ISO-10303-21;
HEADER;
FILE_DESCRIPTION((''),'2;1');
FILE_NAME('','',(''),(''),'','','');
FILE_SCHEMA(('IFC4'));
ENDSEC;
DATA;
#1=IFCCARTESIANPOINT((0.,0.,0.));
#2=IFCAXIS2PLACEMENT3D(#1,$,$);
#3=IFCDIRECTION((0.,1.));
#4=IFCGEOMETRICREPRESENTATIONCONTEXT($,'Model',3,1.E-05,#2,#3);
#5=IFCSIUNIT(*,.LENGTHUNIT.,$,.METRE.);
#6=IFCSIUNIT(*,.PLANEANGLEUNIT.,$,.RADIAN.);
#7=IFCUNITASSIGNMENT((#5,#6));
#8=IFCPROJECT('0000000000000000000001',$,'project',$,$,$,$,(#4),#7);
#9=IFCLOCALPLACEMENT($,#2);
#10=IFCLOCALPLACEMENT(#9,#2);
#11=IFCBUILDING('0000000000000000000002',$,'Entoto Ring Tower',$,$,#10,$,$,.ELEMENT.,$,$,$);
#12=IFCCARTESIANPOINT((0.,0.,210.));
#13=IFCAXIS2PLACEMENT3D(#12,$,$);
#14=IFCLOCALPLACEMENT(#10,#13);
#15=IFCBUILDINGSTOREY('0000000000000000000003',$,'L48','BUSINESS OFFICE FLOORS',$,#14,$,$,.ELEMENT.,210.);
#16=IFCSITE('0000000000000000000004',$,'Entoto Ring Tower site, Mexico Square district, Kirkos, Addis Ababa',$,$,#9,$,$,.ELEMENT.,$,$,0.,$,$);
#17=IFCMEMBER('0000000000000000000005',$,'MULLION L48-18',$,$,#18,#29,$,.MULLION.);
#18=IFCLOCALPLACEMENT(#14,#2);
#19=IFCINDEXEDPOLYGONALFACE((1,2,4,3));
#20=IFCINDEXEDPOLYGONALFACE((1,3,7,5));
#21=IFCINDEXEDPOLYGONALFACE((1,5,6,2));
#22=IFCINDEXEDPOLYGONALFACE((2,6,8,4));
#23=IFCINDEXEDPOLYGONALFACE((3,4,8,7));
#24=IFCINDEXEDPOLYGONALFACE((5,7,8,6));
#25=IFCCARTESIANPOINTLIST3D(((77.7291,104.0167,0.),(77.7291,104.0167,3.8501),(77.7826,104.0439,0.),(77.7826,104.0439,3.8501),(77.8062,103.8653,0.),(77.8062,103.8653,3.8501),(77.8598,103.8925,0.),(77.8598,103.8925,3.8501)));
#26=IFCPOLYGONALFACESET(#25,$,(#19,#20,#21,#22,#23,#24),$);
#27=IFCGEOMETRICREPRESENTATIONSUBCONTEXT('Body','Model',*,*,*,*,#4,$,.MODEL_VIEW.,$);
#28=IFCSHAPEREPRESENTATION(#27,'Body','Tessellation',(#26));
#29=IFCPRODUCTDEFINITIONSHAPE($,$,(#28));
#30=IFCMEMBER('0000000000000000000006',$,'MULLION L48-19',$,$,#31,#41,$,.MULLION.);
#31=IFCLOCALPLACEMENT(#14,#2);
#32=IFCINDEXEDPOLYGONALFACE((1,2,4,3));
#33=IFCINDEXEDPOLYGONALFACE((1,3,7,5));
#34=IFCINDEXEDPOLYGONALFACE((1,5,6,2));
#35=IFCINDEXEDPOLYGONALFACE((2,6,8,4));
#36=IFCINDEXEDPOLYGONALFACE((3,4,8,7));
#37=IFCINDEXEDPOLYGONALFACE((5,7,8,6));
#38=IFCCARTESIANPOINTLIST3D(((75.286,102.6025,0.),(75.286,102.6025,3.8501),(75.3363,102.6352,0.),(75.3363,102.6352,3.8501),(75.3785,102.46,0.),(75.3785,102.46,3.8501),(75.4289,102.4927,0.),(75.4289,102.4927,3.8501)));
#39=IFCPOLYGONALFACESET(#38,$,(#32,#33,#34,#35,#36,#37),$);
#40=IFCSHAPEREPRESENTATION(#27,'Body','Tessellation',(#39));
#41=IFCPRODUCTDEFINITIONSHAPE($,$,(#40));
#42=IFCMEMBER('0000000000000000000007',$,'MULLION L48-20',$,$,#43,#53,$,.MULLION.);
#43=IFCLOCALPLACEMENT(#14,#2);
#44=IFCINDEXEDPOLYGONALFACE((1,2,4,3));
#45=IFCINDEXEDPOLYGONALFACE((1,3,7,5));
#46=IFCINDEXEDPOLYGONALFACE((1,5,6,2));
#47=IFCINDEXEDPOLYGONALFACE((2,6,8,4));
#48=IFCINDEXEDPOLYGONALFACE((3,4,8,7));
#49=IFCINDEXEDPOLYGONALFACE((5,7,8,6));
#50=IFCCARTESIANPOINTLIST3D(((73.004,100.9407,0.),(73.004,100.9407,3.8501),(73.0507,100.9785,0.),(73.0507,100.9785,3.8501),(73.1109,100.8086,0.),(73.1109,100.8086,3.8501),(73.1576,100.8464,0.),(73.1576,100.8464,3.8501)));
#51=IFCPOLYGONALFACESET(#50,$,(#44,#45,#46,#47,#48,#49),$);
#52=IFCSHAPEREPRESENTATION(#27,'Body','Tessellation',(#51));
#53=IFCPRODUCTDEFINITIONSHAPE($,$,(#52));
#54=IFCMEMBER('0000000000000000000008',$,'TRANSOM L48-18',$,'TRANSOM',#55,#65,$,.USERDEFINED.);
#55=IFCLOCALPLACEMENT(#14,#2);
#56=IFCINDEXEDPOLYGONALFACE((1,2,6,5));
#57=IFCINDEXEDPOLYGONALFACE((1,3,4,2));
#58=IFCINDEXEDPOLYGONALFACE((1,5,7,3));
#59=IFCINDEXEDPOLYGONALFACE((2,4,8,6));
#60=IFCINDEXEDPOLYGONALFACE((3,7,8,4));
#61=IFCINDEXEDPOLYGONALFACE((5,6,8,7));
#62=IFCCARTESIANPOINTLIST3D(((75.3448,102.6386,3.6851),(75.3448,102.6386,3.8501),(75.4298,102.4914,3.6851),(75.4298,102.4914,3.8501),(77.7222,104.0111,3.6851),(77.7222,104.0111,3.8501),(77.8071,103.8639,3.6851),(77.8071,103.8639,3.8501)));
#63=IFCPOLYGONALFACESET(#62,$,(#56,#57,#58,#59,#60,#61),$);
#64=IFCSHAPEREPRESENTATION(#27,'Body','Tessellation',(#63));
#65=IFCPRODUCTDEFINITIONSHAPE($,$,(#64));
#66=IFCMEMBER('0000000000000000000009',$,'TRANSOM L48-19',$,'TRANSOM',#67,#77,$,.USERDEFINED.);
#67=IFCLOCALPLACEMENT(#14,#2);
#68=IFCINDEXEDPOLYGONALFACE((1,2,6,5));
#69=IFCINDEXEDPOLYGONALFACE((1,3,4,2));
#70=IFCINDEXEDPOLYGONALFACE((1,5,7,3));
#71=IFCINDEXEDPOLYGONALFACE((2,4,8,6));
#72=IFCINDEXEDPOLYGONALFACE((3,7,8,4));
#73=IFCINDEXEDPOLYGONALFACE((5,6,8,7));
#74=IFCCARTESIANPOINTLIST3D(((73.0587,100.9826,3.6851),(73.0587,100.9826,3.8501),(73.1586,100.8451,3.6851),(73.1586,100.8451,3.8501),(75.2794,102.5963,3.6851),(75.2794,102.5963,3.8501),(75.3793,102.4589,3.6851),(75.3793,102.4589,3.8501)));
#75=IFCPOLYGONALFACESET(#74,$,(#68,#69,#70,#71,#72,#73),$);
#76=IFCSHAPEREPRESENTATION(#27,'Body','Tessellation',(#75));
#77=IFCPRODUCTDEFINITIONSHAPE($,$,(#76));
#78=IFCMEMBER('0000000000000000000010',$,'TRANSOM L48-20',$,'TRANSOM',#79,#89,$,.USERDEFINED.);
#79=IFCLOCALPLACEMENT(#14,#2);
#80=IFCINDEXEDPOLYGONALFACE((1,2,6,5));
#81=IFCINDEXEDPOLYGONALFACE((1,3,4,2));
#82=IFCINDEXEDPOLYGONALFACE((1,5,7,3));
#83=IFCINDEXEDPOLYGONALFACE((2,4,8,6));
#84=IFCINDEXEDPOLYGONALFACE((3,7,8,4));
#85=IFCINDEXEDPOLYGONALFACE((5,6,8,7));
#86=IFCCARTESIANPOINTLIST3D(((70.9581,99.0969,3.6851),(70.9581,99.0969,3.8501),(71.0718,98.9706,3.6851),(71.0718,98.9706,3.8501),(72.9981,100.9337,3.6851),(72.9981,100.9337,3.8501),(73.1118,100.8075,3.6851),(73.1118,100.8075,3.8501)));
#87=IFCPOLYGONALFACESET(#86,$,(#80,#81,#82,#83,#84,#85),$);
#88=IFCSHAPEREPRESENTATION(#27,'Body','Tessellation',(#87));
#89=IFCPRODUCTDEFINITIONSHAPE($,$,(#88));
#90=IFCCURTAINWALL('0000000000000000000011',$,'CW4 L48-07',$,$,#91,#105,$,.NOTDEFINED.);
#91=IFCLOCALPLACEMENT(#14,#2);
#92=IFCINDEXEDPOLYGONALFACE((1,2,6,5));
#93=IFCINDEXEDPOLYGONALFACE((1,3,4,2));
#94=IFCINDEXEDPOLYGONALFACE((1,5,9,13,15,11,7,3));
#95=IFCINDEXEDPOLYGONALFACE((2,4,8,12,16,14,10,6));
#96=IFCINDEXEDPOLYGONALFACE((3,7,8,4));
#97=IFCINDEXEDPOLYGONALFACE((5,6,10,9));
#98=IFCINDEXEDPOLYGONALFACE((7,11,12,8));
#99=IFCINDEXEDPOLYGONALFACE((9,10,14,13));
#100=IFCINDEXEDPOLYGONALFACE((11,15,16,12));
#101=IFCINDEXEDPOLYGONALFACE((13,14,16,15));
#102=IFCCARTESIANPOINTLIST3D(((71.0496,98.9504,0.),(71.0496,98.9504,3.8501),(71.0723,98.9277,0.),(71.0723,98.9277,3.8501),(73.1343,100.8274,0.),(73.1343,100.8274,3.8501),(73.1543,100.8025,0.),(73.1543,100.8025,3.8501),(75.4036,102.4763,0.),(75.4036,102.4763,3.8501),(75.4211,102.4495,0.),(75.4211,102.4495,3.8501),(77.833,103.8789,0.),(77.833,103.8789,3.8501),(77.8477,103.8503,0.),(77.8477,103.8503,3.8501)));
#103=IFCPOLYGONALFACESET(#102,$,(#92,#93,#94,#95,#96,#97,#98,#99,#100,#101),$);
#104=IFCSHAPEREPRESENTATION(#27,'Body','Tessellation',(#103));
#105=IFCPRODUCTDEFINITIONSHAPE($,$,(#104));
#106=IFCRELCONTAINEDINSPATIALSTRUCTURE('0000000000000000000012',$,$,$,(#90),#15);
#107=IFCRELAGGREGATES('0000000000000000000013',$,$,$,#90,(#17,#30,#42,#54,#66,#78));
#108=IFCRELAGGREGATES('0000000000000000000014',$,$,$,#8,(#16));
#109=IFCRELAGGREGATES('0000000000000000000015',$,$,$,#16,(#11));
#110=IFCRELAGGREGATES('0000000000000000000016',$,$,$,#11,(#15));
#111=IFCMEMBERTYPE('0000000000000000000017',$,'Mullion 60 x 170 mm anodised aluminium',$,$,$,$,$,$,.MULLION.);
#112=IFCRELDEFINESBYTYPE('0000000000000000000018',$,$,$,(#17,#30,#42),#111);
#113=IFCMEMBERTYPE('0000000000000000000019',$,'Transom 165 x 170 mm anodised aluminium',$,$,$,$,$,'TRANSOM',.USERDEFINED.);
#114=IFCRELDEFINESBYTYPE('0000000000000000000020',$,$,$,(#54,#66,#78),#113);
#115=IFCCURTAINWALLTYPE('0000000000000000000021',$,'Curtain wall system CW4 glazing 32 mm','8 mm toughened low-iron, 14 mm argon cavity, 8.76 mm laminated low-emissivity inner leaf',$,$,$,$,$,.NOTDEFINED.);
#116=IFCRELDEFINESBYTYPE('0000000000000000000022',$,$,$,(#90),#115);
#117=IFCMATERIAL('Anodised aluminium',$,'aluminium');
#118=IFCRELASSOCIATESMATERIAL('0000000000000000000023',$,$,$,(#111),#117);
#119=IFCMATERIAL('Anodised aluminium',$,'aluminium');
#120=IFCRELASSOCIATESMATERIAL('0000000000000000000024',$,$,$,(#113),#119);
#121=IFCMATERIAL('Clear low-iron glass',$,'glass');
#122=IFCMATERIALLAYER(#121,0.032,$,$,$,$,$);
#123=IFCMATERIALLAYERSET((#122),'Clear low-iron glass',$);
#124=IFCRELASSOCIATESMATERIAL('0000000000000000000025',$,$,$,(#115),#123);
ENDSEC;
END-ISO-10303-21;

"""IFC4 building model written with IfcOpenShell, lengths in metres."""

from ifc_helpers import new_model, si_unit, direction, frame, origin, origin_2d, place, context, subcontext, project, spatial, polyline, rectangle, outline, extrude, material, layer, layer_set, material_profile, profile_set, type_object, element, aggregate, save


model = new_model("IFC4")

# Units and contexts
model_context = context("Model", 3, precision=1e-05, world=origin(), true_north=direction((0.0, 1.0)))
body_context = subcontext(model_context, "Body", "Model", "MODEL_VIEW")
ifc_project = project(units=[si_unit("LENGTHUNIT", "METRE"), si_unit("PLANEANGLEUNIT", "RADIAN")], contexts=[model_context])

# Members
ifc_material_1 = material(Name="Anodised aluminium", Category="aluminium")
ifc_material_profile_1 = material_profile(ifc_material_1, rectangle(XDim=0.0601, YDim=0.1699, at=origin_2d()), Name="Mullion 60 x 170 mm anodised aluminium")
ifc_profile_set_1 = profile_set([ifc_material_profile_1], Name="Anodised aluminium")
member_type_1 = type_object("IfcMemberType", Name="Mullion 60 x 170 mm anodised aluminium", PredefinedType="MULLION", material=ifc_profile_set_1)
site_placement = place(None, origin())
building_placement = place(site_placement, origin())
storey_placement = place(building_placement, frame((0.0, 0.0, 210.0)))
member_1_placement = place(storey_placement, frame((77.7944, 103.9546, 0.0), z_axis=(0.0, 0.0, 1.0), x_axis=(-0.891007, -0.45399, 0.0)))
member_1 = element("IfcMember", 1, at=member_1_placement, type_object=member_type_1, Name="MULLION L48-18", PredefinedType="MULLION", context=body_context, shape_type="SweptSolid", body=[
    extrude(rectangle(XDim=0.0601, YDim=0.1699, at=origin_2d()), origin(), (0.0, 0.0, 1.0), 3.8501),
])
member_2_placement = place(storey_placement, frame((75.3574, 102.5476, 0.0), z_axis=(0.0, 0.0, 1.0), x_axis=(-0.838671, -0.544639, 0.0)))
member_2 = element("IfcMember", 2, at=member_2_placement, type_object=member_type_1, Name="MULLION L48-19", PredefinedType="MULLION", context=body_context, shape_type="SweptSolid", body=[
    extrude(rectangle(XDim=0.0601, YDim=0.1699, at=origin_2d()), origin(), (0.0, 0.0, 1.0), 3.8501),
])
member_3_placement = place(storey_placement, frame((73.0808, 100.8936, 0.0), z_axis=(0.0, 0.0, 1.0), x_axis=(-0.777146, -0.62932, 0.0)))
member_3 = element("IfcMember", 3, at=member_3_placement, type_object=member_type_1, Name="MULLION L48-20", PredefinedType="MULLION", context=body_context, shape_type="SweptSolid", body=[
    extrude(rectangle(XDim=0.0601, YDim=0.1699, at=origin_2d()), origin(), (0.0, 0.0, 1.0), 3.8501),
])
ifc_material_2 = material(Name="Anodised aluminium", Category="aluminium")
ifc_material_profile_2 = material_profile(ifc_material_2, rectangle(XDim=0.1699, YDim=0.165, at=origin_2d()), Name="Transom 165 x 170 mm anodised aluminium")
ifc_profile_set_2 = profile_set([ifc_material_profile_2], Name="Anodised aluminium")
member_type_2 = type_object("IfcMemberType", Name="Transom 165 x 170 mm anodised aluminium", ElementType="TRANSOM", PredefinedType="USERDEFINED", material=ifc_profile_set_2)
member_4_placement = place(storey_placement, frame((77.7646, 103.9375, 3.7676), z_axis=(-0.866035, -0.499984, 0.0), x_axis=(0.499984, -0.866035, 0.0)))
member_4 = element("IfcMember", 4, at=member_4_placement, type_object=member_type_2, Name="TRANSOM L48-18", ObjectType="TRANSOM", PredefinedType="USERDEFINED", context=body_context, shape_type="SweptSolid", body=[
    extrude(rectangle(XDim=0.1699, YDim=0.165, at=origin_2d()), origin(), (0.0, 0.0, 1.0), 2.7451),
])
member_5_placement = place(storey_placement, frame((75.3293, 102.5276, 3.7676), z_axis=(-0.808959, -0.587865, 0.0), x_axis=(0.587865, -0.808959, 0.0)))
member_5 = element("IfcMember", 5, at=member_5_placement, type_object=member_type_2, Name="TRANSOM L48-19", ObjectType="TRANSOM", PredefinedType="USERDEFINED", context=body_context, shape_type="SweptSolid", body=[
    extrude(rectangle(XDim=0.1699, YDim=0.165, at=origin_2d()), origin(), (0.0, 0.0, 1.0), 2.7451),
])
member_6_placement = place(storey_placement, frame((73.0549, 100.8706, 3.7676), z_axis=(-0.743135, -0.669142, 0.0), x_axis=(0.669142, -0.743135, 0.0)))
member_6 = element("IfcMember", 6, at=member_6_placement, type_object=member_type_2, Name="TRANSOM L48-20", ObjectType="TRANSOM", PredefinedType="USERDEFINED", context=body_context, shape_type="SweptSolid", body=[
    extrude(rectangle(XDim=0.1699, YDim=0.165, at=origin_2d()), origin(), (0.0, 0.0, 1.0), 2.7451),
])

# Site, building, storey
site = spatial("IfcSite", under=ifc_project, at=site_placement, Name="Entoto Ring Tower site, Mexico Square district, Kirkos, Addis Ababa", CompositionType="ELEMENT", RefElevation=0.0)
building = spatial("IfcBuilding", under=site, at=building_placement, Name="Entoto Ring Tower", CompositionType="ELEMENT")
storey = spatial("IfcBuildingStorey", under=building, at=storey_placement, Name="L48", Description="BUSINESS OFFICE FLOORS", CompositionType="ELEMENT", Elevation=210.0)

# Curtain wall
ifc_material_3 = material(Name="Clear low-iron glass", Category="glass")
ifc_layer = layer(ifc_material_3, 0.032)
ifc_layer_set = layer_set([ifc_layer], Name="Clear low-iron glass")
curtain_wall_type = type_object("IfcCurtainWallType", Name="Curtain wall system CW4 glazing 32 mm", Description="8 mm toughened low-iron, 14 mm argon cavity, 8.76 mm laminated low-emissivity inner leaf", PredefinedType="NOTDEFINED", material=ifc_layer_set)
curtain_wall_1_placement = place(storey_placement, origin())
curtain_wall_1 = element("IfcCurtainWall", 7, at=curtain_wall_1_placement, inside=storey, type_object=curtain_wall_type, Name="CW4 L48-07", PredefinedType="NOTDEFINED", context=body_context, shape_type="SweptSolid", body=[
    extrude(outline(polyline([(77.833, 103.8789), (75.4036, 102.4763), (73.1343, 100.8274), (71.0496, 98.9504), (71.0723, 98.9277), (73.1543, 100.8025), (75.4211, 102.4495), (77.8477, 103.8503), (77.833, 103.8789)])), origin(), (0.0, 0.0, 1.0), 3.8501),
])
aggregate(curtain_wall_1, [member_1, member_2, member_3, member_4, member_5, member_6])

save(model, "model.ifc")
